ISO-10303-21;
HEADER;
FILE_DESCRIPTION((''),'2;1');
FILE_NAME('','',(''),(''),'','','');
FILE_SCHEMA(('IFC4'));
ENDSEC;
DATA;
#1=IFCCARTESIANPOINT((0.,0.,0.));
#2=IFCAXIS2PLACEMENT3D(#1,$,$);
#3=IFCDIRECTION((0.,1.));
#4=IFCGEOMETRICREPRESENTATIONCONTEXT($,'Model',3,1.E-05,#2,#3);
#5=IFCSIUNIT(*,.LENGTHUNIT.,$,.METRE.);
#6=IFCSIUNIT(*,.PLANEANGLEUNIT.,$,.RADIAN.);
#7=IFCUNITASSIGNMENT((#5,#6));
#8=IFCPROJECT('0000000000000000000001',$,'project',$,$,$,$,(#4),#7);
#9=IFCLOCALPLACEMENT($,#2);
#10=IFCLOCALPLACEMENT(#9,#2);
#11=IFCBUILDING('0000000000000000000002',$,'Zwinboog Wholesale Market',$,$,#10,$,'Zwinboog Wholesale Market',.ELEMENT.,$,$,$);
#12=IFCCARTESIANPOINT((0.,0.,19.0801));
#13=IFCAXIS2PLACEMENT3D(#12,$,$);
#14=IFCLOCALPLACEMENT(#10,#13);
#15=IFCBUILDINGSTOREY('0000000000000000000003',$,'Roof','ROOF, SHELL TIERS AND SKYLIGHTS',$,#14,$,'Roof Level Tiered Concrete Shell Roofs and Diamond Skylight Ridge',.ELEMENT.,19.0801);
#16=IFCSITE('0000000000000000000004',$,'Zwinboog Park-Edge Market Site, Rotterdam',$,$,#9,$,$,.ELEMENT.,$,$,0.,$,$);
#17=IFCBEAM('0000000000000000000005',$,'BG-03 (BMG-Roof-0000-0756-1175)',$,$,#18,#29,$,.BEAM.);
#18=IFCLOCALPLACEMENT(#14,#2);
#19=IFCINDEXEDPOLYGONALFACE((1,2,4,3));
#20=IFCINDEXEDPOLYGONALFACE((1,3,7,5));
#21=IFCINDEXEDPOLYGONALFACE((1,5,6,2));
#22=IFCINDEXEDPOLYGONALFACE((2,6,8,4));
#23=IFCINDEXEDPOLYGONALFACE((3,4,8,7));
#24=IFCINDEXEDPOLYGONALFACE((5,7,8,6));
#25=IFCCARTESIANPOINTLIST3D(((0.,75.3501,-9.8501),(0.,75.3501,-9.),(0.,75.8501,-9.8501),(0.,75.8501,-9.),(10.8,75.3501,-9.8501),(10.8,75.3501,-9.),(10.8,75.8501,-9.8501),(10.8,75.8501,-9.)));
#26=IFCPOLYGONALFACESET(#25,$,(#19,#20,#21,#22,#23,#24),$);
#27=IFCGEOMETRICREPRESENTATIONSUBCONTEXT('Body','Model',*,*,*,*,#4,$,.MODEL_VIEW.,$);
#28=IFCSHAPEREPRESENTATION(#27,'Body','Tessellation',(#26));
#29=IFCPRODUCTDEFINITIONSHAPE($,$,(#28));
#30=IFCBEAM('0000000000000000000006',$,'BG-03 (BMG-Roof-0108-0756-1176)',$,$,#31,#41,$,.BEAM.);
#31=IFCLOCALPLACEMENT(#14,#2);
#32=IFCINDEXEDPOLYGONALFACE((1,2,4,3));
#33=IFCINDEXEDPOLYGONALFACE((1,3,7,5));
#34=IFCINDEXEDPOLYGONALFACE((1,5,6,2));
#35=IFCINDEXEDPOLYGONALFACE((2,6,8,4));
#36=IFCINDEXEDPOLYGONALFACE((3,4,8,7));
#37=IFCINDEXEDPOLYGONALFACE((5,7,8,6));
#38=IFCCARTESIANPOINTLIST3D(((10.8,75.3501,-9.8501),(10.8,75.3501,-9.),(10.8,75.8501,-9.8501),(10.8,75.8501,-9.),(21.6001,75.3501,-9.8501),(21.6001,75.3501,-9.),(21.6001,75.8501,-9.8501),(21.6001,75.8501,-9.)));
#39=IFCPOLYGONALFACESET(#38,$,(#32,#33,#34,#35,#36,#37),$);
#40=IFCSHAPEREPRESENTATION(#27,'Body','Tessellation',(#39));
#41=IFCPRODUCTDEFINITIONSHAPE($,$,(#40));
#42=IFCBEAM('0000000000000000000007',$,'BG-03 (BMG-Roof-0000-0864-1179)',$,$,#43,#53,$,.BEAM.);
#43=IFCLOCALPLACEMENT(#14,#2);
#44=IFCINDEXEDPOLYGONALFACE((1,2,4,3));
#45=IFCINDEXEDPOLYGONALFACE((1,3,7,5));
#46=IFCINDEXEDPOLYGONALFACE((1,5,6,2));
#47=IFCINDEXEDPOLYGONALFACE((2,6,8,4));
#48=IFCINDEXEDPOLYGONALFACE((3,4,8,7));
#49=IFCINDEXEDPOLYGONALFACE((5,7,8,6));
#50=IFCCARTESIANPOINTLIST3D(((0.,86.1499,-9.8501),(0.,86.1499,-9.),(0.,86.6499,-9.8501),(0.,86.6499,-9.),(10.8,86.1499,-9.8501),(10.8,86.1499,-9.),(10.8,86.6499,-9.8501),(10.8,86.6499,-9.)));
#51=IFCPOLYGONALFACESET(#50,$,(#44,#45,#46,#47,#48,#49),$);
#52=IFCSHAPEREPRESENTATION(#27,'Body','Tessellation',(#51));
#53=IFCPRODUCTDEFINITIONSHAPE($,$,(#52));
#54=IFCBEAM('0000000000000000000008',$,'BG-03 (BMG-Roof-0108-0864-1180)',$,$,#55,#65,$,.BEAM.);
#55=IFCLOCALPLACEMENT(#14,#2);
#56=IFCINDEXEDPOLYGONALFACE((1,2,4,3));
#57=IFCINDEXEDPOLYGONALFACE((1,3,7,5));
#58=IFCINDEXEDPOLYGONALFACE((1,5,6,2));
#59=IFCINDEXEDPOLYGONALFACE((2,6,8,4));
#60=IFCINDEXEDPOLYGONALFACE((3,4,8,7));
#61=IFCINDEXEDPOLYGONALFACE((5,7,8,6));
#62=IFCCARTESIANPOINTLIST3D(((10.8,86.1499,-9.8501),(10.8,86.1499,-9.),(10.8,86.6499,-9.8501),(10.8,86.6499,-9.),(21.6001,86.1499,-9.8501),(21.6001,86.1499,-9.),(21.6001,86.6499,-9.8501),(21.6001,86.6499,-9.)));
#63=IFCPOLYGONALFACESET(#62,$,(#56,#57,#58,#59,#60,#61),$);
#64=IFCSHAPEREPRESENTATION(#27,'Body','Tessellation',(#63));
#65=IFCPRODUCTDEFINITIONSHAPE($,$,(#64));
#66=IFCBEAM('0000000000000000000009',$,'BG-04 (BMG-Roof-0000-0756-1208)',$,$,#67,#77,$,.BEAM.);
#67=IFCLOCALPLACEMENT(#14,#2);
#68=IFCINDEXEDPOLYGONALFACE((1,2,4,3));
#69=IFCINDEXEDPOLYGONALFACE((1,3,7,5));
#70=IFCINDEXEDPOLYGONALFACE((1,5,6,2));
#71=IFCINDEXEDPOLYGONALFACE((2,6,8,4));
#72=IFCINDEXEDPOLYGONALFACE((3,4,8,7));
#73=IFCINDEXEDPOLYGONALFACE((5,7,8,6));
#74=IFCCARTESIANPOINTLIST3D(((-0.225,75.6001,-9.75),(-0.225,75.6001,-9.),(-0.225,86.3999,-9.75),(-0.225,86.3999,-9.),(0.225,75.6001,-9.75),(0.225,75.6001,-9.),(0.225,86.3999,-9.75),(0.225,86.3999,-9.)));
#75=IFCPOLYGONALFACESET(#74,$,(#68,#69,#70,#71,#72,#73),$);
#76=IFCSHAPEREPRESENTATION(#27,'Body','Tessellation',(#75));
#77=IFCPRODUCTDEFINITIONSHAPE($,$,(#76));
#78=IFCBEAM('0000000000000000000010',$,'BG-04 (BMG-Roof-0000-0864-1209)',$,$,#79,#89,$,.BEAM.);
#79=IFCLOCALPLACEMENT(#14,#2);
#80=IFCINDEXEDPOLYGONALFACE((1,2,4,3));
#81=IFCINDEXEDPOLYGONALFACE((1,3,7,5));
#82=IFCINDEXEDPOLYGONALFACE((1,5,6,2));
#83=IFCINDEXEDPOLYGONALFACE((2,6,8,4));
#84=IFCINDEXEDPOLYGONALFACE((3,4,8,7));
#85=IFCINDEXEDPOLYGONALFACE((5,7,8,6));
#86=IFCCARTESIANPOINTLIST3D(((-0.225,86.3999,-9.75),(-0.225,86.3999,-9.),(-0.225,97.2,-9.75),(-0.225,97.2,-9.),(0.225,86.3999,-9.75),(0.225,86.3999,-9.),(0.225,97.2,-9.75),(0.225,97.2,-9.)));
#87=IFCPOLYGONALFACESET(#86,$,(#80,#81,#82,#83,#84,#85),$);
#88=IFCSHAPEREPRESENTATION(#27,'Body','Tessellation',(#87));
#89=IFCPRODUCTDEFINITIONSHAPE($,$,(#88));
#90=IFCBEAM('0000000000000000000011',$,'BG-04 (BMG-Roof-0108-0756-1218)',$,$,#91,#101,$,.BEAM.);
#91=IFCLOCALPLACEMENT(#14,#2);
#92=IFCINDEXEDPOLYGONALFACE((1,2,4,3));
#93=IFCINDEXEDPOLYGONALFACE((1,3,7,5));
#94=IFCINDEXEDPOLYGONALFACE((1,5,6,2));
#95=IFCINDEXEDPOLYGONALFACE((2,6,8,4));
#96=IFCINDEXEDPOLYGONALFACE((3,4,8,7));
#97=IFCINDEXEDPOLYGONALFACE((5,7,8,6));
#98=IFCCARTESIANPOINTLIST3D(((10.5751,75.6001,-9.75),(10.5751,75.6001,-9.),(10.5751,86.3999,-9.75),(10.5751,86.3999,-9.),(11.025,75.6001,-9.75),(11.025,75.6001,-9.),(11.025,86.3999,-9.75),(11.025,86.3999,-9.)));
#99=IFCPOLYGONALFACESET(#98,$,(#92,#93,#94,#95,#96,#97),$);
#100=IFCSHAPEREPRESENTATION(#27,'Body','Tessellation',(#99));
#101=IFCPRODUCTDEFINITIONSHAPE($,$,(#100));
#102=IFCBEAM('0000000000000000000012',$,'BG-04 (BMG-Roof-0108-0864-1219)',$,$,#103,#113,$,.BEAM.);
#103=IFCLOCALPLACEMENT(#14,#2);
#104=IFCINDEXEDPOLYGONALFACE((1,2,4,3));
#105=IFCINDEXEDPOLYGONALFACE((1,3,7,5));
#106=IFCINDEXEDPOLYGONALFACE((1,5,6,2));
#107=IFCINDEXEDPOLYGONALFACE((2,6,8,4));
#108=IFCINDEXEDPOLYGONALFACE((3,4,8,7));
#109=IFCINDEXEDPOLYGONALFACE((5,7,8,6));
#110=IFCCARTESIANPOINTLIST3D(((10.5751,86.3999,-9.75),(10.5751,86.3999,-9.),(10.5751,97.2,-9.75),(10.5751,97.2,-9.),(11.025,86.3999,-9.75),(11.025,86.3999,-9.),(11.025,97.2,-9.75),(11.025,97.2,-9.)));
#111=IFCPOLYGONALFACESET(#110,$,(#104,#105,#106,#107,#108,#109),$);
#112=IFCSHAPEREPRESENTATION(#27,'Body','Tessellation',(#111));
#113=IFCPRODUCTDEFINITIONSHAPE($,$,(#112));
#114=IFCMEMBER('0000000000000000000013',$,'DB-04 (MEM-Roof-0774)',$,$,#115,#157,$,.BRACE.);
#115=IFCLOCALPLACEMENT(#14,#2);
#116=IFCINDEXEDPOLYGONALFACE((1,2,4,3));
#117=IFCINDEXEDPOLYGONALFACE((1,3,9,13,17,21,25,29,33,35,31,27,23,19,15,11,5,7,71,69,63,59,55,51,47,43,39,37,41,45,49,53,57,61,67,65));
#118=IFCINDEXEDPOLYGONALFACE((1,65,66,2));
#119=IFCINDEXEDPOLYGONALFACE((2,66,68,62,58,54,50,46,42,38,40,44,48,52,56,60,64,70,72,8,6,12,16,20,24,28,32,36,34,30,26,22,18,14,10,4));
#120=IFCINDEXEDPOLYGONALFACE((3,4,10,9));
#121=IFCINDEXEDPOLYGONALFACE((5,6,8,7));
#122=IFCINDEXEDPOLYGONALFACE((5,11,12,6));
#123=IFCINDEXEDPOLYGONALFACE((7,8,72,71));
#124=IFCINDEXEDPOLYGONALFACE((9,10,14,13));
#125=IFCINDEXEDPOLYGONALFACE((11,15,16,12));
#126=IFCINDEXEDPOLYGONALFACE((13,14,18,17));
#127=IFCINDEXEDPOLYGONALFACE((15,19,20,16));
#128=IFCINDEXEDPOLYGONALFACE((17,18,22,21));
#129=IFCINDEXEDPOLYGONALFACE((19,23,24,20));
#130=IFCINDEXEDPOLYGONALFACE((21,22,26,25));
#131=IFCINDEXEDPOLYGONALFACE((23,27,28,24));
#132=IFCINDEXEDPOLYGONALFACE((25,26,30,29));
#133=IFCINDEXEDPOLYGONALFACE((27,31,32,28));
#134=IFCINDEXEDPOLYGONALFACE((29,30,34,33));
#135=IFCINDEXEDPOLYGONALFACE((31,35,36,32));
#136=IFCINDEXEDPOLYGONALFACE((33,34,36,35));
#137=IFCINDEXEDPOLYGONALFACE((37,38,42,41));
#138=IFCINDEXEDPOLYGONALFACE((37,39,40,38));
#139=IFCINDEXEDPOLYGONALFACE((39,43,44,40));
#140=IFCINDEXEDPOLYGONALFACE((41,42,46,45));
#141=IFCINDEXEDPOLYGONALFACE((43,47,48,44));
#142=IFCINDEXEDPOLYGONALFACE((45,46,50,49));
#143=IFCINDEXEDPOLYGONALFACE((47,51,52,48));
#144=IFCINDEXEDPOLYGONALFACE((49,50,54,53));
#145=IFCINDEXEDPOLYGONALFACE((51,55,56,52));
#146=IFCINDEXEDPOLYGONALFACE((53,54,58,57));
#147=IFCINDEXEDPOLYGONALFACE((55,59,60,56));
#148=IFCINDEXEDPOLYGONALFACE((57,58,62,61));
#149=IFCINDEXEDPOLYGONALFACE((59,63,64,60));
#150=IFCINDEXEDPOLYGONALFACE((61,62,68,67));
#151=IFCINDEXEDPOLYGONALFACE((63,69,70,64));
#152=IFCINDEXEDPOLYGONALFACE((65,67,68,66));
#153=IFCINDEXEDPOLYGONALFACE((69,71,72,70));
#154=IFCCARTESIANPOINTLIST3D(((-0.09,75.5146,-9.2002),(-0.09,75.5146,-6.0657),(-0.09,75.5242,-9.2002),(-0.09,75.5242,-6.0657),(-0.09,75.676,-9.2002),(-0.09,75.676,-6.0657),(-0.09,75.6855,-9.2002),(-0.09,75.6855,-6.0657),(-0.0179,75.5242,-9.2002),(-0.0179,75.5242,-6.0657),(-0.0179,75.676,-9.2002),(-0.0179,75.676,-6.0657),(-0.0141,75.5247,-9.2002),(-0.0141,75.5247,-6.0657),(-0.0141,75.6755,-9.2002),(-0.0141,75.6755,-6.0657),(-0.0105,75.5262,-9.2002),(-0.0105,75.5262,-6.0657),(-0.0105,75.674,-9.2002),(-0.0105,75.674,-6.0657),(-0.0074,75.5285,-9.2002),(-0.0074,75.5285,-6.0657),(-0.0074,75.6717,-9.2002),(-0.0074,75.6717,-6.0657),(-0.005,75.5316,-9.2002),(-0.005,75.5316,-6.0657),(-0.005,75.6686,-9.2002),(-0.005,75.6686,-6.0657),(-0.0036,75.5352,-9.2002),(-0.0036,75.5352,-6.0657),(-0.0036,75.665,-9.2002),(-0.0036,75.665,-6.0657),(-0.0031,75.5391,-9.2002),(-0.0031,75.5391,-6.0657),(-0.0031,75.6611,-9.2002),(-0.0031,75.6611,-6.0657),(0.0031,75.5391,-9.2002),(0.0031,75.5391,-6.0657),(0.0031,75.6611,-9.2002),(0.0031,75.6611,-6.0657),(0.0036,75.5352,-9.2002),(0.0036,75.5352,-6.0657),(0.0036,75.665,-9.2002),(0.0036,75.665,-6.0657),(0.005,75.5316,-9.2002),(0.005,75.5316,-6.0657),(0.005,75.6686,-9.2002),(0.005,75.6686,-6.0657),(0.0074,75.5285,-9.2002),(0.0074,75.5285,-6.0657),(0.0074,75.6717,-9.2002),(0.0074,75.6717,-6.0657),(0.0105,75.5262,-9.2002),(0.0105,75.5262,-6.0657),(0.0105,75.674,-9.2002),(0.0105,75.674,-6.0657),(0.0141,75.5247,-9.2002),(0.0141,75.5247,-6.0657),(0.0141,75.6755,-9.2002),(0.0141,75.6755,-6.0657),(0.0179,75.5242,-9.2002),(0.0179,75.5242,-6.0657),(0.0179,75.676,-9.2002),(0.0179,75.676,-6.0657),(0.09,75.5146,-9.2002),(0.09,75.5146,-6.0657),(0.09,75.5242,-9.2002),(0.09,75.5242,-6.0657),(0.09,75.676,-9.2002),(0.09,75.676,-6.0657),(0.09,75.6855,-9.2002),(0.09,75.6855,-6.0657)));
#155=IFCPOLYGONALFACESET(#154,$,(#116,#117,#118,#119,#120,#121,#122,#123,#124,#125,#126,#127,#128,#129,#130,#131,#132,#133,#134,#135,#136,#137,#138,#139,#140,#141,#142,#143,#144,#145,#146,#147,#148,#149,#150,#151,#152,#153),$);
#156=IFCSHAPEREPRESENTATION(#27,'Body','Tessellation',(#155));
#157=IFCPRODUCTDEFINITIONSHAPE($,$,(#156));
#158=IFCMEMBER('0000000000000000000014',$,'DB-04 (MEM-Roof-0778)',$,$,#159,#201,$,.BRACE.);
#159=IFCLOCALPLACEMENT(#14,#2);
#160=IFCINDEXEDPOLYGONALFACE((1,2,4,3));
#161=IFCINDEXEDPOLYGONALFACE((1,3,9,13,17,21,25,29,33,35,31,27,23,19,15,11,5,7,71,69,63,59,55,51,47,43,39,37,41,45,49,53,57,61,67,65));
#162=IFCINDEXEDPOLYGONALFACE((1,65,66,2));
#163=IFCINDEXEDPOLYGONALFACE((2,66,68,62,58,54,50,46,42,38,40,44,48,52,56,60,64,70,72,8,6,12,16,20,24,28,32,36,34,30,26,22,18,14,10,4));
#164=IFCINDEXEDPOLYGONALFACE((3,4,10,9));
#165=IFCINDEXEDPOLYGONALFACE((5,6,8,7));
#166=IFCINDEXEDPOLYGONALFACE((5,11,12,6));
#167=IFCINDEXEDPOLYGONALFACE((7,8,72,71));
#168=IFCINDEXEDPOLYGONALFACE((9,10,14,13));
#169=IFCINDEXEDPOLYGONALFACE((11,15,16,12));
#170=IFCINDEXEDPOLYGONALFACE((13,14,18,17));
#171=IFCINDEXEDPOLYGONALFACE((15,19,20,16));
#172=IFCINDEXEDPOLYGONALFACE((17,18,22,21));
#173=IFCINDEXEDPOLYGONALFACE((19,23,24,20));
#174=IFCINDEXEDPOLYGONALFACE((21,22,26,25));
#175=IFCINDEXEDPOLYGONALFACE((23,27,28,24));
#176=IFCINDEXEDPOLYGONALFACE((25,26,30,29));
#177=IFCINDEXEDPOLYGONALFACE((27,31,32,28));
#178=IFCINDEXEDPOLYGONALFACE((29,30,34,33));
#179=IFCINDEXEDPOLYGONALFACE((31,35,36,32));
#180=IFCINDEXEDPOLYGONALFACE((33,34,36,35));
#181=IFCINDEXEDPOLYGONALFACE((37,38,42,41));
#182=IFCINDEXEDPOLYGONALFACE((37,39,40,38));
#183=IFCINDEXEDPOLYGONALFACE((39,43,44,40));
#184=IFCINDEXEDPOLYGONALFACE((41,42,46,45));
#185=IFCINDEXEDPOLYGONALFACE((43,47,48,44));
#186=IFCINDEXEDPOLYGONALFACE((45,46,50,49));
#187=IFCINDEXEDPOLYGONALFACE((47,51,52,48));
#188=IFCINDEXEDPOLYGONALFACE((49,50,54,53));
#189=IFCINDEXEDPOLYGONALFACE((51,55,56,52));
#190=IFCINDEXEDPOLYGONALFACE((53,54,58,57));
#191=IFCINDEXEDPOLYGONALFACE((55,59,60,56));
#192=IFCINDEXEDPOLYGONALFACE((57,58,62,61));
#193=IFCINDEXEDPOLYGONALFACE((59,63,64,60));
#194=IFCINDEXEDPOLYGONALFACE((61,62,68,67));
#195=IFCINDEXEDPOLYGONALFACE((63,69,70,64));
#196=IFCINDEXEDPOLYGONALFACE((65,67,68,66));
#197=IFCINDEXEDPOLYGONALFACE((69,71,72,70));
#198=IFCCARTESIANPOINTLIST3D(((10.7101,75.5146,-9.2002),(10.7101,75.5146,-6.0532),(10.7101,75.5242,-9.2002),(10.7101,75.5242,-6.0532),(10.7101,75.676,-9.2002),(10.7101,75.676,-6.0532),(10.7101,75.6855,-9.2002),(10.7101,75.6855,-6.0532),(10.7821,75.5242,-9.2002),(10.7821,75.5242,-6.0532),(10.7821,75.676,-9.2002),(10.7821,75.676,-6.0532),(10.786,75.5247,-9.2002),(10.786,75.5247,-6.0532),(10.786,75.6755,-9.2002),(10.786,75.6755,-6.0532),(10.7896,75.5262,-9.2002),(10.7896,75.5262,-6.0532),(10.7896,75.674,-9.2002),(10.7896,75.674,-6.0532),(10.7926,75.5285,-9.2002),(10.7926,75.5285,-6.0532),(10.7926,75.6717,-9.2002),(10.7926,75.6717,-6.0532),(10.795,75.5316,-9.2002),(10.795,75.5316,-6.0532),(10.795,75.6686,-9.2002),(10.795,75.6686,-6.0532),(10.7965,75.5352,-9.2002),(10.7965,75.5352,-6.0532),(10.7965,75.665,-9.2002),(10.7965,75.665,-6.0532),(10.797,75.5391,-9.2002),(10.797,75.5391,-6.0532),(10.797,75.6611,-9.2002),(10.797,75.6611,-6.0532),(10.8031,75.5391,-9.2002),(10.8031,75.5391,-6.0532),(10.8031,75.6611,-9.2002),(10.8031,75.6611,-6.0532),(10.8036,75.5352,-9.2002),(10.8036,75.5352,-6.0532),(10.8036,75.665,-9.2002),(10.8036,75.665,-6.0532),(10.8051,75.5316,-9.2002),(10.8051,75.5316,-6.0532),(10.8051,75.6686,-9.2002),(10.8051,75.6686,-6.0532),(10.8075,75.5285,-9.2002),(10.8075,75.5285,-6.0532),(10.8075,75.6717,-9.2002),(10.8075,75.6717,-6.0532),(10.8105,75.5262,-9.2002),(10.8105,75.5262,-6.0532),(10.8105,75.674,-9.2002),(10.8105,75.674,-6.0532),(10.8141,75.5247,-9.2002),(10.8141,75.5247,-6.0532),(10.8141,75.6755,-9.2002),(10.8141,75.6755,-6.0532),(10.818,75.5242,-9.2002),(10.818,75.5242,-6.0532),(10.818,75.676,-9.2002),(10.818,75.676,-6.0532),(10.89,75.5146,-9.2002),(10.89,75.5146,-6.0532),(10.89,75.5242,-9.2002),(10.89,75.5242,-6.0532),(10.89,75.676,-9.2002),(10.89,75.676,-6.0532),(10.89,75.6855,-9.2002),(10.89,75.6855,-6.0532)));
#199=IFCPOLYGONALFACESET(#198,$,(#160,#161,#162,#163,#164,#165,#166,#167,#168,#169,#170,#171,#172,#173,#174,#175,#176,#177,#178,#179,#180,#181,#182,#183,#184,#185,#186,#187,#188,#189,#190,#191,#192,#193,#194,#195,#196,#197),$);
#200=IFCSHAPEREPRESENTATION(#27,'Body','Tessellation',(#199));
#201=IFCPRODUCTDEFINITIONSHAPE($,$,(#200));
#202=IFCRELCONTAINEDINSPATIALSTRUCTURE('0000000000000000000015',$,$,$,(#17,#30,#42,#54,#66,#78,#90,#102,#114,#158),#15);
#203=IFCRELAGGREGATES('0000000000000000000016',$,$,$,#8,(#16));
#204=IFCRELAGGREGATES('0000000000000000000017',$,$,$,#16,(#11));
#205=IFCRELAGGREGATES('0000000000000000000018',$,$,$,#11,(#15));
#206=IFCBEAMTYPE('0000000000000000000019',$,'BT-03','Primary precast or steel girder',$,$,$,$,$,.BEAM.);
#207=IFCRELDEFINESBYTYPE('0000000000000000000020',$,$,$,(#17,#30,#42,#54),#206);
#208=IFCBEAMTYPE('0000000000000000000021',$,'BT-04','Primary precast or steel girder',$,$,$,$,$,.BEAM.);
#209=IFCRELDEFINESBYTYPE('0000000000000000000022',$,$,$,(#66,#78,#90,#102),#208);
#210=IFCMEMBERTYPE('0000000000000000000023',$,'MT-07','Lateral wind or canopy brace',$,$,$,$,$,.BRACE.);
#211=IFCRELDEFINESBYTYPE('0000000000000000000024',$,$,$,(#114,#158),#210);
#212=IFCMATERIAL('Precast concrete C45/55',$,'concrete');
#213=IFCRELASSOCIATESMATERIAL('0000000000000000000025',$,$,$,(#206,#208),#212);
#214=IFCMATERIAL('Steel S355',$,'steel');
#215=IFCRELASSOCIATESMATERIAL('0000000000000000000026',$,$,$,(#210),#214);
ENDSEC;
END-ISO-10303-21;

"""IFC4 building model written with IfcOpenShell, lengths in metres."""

from ifc_helpers import new_model, si_unit, direction, frame, origin, origin_2d, place, context, subcontext, project, spatial, rectangle, i_section, extrude, material, material_profile, profile_set, type_object, element, save


model = new_model("IFC4")

# Units and contexts
model_context = context("Model", 3, precision=1e-05, world=origin(), true_north=direction((0.0, 1.0)))
body_context = subcontext(model_context, "Body", "Model", "MODEL_VIEW")
ifc_project = project(units=[si_unit("LENGTHUNIT", "METRE"), si_unit("PLANEANGLEUNIT", "RADIAN")], contexts=[model_context])

# Site, building, storey
site_placement = place(None, origin())
site = spatial("IfcSite", under=ifc_project, at=site_placement, Name="Zwinboog Park-Edge Market Site, Rotterdam", CompositionType="ELEMENT", RefElevation=0.0)
building_placement = place(site_placement, origin())
building = spatial("IfcBuilding", under=site, at=building_placement, Name="Zwinboog Wholesale Market", LongName="Zwinboog Wholesale Market", CompositionType="ELEMENT")
storey_placement = place(building_placement, frame((0.0, 0.0, 19.0801)))
storey = spatial("IfcBuildingStorey", under=building, at=storey_placement, Name="Roof", Description="ROOF, SHELL TIERS AND SKYLIGHTS", LongName="Roof Level Tiered Concrete Shell Roofs and Diamond Skylight Ridge", CompositionType="ELEMENT", Elevation=19.0801)

# Beams
ifc_material_1 = material(Name="Precast concrete C45/55", Category="concrete")
ifc_material_profile_1 = material_profile(ifc_material_1, rectangle(XDim=0.5, YDim=0.8501, at=origin_2d()), Name="PC 500x850")
ifc_profile_set_1 = profile_set([ifc_material_profile_1], Name="Precast concrete C45/55")
beam_type_1 = type_object("IfcBeamType", Name="BT-03", Description="Primary precast or steel girder", PredefinedType="BEAM", material=ifc_profile_set_1)
for number, where, z_axis, x_axis, name in (
    (1, (0.0, 75.6001, -9.425), (1.0, 0.0, 0.0), (0.0, 1.0, 0.0), "BG-03 (BMG-Roof-0000-0756-1175)"),
    (2, (10.8, 75.6001, -9.425), (1.0, 0.0, 0.0), (0.0, 1.0, 0.0), "BG-03 (BMG-Roof-0108-0756-1176)"),
    (3, (0.0, 86.3999, -9.425), (1.0, 0.0, 0.0), (0.0, 1.0, 0.0), "BG-03 (BMG-Roof-0000-0864-1179)"),
    (4, (10.8, 86.3999, -9.425), (1.0, 0.0, 0.0), (0.0, 1.0, 0.0), "BG-03 (BMG-Roof-0108-0864-1180)"),
):
    element("IfcBeam", number, at=place(storey_placement, frame(where, z_axis=z_axis, x_axis=x_axis)), inside=storey, type_object=beam_type_1, Name=name, PredefinedType="BEAM", context=body_context, shape_type="SweptSolid", body=[
        extrude(rectangle(XDim=0.5, YDim=0.8501, at=origin_2d()), origin(), (0.0, 0.0, 1.0), 10.8),
    ])
ifc_material_profile_2 = material_profile(ifc_material_1, rectangle(XDim=0.45, YDim=0.75, at=origin_2d()), Name="PC 450x750")
ifc_profile_set_2 = profile_set([ifc_material_profile_2], Name="Precast concrete C45/55")
beam_type_2 = type_object("IfcBeamType", Name="BT-04", Description="Primary precast or steel girder", PredefinedType="BEAM", material=ifc_profile_set_2)
beam_1_placement = place(storey_placement, frame((0.0, 75.6001, -9.375), z_axis=(0.0, 1.0, 0.0), x_axis=(-1.0, 0.0, 0.0)))
element("IfcBeam", 5, at=beam_1_placement, inside=storey, type_object=beam_type_2, Name="BG-04 (BMG-Roof-0000-0756-1208)", PredefinedType="BEAM", context=body_context, shape_type="SweptSolid", body=[
    extrude(rectangle(XDim=0.45, YDim=0.75, at=origin_2d()), origin(), (0.0, 0.0, 1.0), 10.7998),
])
beam_2_placement = place(storey_placement, frame((0.0, 86.3999, -9.375), z_axis=(0.0, 1.0, 0.0), x_axis=(-1.0, 0.0, 0.0)))
element("IfcBeam", 6, at=beam_2_placement, inside=storey, type_object=beam_type_2, Name="BG-04 (BMG-Roof-0000-0864-1209)", PredefinedType="BEAM", context=body_context, shape_type="SweptSolid", body=[
    extrude(rectangle(XDim=0.45, YDim=0.75, at=origin_2d()), origin(), (0.0, 0.0, 1.0), 10.8),
])
beam_3_placement = place(storey_placement, frame((10.8, 75.6001, -9.375), z_axis=(0.0, 1.0, 0.0), x_axis=(-1.0, 0.0, 0.0)))
element("IfcBeam", 7, at=beam_3_placement, inside=storey, type_object=beam_type_2, Name="BG-04 (BMG-Roof-0108-0756-1218)", PredefinedType="BEAM", context=body_context, shape_type="SweptSolid", body=[
    extrude(rectangle(XDim=0.45, YDim=0.75, at=origin_2d()), origin(), (0.0, 0.0, 1.0), 10.7998),
])
beam_4_placement = place(storey_placement, frame((10.8, 86.3999, -9.375), z_axis=(0.0, 1.0, 0.0), x_axis=(-1.0, 0.0, 0.0)))
element("IfcBeam", 8, at=beam_4_placement, inside=storey, type_object=beam_type_2, Name="BG-04 (BMG-Roof-0108-0864-1219)", PredefinedType="BEAM", context=body_context, shape_type="SweptSolid", body=[
    extrude(rectangle(XDim=0.45, YDim=0.75, at=origin_2d()), origin(), (0.0, 0.0, 1.0), 10.8),
])

# Members
ifc_material_2 = material(Name="Steel S355", Category="steel")
ifc_material_profile_3 = material_profile(ifc_material_2, i_section(OverallWidth=0.1799, OverallDepth=0.1709, WebThickness=0.0061, FlangeThickness=0.0095, FilletRadius=0.0149, at=origin_2d()), Name="HEA 180")
ifc_profile_set_3 = profile_set([ifc_material_profile_3], Name="Steel S355")
member_type_1 = type_object("IfcMemberType", Name="MT-07", Description="Lateral wind or canopy brace", PredefinedType="BRACE", material=ifc_profile_set_3)
member_1_placement = place(storey_placement, frame((0.0, 75.6001, -9.2002), z_axis=(0.0, 0.0, 1.0), x_axis=(1.0, 0.0, 0.0)))
element("IfcMember", 9, at=member_1_placement, inside=storey, type_object=member_type_1, Name="DB-04 (MEM-Roof-0774)", PredefinedType="BRACE", context=body_context, shape_type="SweptSolid", body=[
    extrude(i_section(OverallWidth=0.1799, OverallDepth=0.1709, WebThickness=0.0061, FlangeThickness=0.0095, FilletRadius=0.0149, at=origin_2d()), origin(), (0.0, 0.0, 1.0), 3.1345),
])
member_2_placement = place(storey_placement, frame((10.8, 75.6001, -9.2002), z_axis=(0.0, 0.0, 1.0), x_axis=(1.0, 0.0, 0.0)))
element("IfcMember", 10, at=member_2_placement, inside=storey, type_object=member_type_1, Name="DB-04 (MEM-Roof-0778)", PredefinedType="BRACE", context=body_context, shape_type="SweptSolid", body=[
    extrude(i_section(OverallWidth=0.1799, OverallDepth=0.1709, WebThickness=0.0061, FlangeThickness=0.0095, FilletRadius=0.0149, at=origin_2d()), origin(), (0.0, 0.0, 1.0), 3.147),
])

save(model, "model.ifc")
